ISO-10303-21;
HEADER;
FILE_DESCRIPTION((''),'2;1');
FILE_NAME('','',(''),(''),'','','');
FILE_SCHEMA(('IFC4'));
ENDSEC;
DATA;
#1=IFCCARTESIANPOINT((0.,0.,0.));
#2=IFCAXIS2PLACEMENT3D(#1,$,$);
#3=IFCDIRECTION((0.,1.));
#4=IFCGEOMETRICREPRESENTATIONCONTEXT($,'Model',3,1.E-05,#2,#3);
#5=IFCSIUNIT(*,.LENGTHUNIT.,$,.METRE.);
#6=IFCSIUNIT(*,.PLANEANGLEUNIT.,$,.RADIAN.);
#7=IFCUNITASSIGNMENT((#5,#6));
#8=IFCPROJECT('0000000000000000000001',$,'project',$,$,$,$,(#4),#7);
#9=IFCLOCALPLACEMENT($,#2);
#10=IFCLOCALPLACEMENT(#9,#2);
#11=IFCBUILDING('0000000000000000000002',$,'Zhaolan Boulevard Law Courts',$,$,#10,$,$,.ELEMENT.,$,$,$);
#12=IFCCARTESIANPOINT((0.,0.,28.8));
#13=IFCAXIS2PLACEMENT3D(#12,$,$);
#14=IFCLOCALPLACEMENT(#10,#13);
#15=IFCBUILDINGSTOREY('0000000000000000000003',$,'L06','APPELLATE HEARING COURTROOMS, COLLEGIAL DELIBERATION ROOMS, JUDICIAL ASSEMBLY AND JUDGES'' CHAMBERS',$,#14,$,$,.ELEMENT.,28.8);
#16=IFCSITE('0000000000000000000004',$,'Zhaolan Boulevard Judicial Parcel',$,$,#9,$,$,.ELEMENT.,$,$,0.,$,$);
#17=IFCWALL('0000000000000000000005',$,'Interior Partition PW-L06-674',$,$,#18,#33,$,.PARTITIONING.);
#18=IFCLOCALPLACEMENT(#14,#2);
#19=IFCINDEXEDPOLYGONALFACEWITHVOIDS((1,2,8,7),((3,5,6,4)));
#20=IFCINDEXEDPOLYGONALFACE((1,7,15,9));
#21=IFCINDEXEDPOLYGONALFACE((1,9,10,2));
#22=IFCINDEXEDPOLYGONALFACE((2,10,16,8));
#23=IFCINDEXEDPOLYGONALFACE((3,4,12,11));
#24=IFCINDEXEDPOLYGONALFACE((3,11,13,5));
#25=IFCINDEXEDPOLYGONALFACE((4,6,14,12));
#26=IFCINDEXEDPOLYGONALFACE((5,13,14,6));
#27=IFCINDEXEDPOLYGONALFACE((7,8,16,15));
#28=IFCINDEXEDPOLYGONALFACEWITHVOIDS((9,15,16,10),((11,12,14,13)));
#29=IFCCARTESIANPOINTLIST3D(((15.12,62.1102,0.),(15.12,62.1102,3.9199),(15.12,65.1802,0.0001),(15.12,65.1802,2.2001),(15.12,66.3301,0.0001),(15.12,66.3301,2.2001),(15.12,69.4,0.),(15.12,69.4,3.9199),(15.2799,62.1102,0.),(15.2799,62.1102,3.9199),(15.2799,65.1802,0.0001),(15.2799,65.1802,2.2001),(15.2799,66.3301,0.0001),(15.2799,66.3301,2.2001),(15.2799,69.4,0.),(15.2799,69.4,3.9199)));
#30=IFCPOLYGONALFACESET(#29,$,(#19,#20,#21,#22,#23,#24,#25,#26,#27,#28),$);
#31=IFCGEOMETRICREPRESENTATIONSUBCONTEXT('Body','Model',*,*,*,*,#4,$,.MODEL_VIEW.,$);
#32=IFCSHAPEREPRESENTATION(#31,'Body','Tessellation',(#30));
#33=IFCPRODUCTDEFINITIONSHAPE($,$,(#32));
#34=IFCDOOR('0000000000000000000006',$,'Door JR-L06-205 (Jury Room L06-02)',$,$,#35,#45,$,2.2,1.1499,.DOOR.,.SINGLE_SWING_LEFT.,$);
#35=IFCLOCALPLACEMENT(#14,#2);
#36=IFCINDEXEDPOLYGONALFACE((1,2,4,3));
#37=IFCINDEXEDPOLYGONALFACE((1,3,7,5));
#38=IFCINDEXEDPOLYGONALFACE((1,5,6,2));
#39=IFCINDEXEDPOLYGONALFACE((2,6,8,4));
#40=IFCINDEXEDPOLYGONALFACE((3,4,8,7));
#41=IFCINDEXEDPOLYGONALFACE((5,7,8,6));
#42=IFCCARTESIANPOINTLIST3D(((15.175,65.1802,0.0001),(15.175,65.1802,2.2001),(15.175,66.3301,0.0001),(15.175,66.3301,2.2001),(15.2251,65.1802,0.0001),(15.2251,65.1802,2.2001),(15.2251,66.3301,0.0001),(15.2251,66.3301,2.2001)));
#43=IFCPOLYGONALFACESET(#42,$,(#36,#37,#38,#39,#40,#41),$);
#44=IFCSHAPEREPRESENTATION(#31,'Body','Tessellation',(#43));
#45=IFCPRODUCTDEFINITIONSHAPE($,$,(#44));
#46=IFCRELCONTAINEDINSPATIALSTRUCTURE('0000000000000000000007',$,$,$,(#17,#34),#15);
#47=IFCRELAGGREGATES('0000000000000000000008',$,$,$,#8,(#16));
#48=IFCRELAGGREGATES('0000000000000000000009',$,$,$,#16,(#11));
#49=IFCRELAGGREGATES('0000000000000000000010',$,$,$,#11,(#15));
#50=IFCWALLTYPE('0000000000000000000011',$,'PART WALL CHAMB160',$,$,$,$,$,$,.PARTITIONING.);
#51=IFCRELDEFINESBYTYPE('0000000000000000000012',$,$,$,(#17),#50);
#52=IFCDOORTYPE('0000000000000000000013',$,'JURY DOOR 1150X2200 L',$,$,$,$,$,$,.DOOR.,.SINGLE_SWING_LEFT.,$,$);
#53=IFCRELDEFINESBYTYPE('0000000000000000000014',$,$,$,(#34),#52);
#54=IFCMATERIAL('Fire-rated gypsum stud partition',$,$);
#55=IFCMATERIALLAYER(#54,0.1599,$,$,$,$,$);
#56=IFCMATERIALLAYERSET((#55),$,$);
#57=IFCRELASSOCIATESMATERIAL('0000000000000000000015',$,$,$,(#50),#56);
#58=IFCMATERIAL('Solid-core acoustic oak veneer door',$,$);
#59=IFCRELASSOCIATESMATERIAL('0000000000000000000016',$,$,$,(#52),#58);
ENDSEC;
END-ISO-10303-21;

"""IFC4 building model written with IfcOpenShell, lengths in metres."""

from ifc_helpers import new_model, si_unit, direction, frame, frame_2d, origin, place, context, subcontext, project, spatial, rectangle, extrude, material, layer, layer_set, type_object, element, fill, save


model = new_model("IFC4")

# Units and contexts
model_context = context("Model", 3, precision=1e-05, world=origin(), true_north=direction((0.0, 1.0)))
body_context = subcontext(model_context, "Body", "Model", "MODEL_VIEW")
ifc_project = project(units=[si_unit("LENGTHUNIT", "METRE"), si_unit("PLANEANGLEUNIT", "RADIAN")], contexts=[model_context])

# Site, building, storey
site_placement = place(None, origin())
site = spatial("IfcSite", under=ifc_project, at=site_placement, Name="Zhaolan Boulevard Judicial Parcel", CompositionType="ELEMENT", RefElevation=0.0)
building_placement = place(site_placement, origin())
building = spatial("IfcBuilding", under=site, at=building_placement, Name="Zhaolan Boulevard Law Courts", CompositionType="ELEMENT")
storey_placement = place(building_placement, frame((0.0, 0.0, 28.8)))
storey = spatial("IfcBuildingStorey", under=building, at=storey_placement, Name="L06", Description="APPELLATE HEARING COURTROOMS, COLLEGIAL DELIBERATION ROOMS, JUDICIAL ASSEMBLY AND JUDGES' CHAMBERS", CompositionType="ELEMENT", Elevation=28.8)

# Shared definitions
ifc_material_1 = material(Name="Fire-rated gypsum stud partition")
ifc_layer_1 = layer(ifc_material_1, 0.1599)
ifc_layer_set_1 = layer_set([ifc_layer_1])
wall_type_1 = type_object("IfcWallType", Name="PART WALL CHAMB160", PredefinedType="PARTITIONING", material=ifc_layer_set_1)

# Wall, opening, door
wall_1_placement = place(storey_placement, frame((15.2, 62.1101, 0.0), z_axis=(0.0, 0.0, 1.0), x_axis=(0.0, 1.0, 0.0)))
wall_1 = element("IfcWall", 1, at=wall_1_placement, inside=storey, type_object=wall_type_1, Name="Interior Partition PW-L06-674", PredefinedType="PARTITIONING", context=body_context, shape_type="SweptSolid", body=[
    extrude(rectangle(XDim=7.2898, YDim=0.1599, at=frame_2d((3.645, 0.0))), origin(), (0.0, 0.0, 1.0), 3.9199),
])
opening_1_placement = place(wall_1_placement, frame((3.0701, 0.0, 0.0)))
opening_1 = element("IfcOpeningElement", 2, at=opening_1_placement, cuts=wall_1, PredefinedType="OPENING", context=body_context, shape_type="SweptSolid", body=[
    extrude(rectangle(XDim=1.1499, YDim=2.2, at=frame_2d((0.575, 1.1001))), frame((0.0, 0.0898, 0.0), z_axis=(0.0, -1.0, 0.0), x_axis=(1.0, 0.0, 0.0)), (0.0, 0.0, 1.0), 0.1799),
])
ifc_material_2 = material(Name="Solid-core acoustic oak veneer door")
door_type_1 = type_object("IfcDoorType", Name="JURY DOOR 1150X2200 L", OperationType="SINGLE_SWING_LEFT", PredefinedType="DOOR", material=ifc_material_2)
door_1_placement = place(opening_1_placement, origin())
door_1 = element("IfcDoor", 3, at=door_1_placement, inside=storey, type_object=door_type_1, Name="Door JR-L06-205 (Jury Room L06-02)", OperationType="SINGLE_SWING_LEFT", OverallHeight=2.2, OverallWidth=1.1499, PredefinedType="DOOR", context=body_context, shape_type="SweptSolid", body=[
    extrude(rectangle(XDim=1.1499, YDim=2.2, at=frame_2d((0.575, 1.1001))), frame((0.0, 0.0249, 0.0), z_axis=(0.0, -1.0, 0.0), x_axis=(1.0, 0.0, 0.0)), (0.0, 0.0, 1.0), 0.05),
])
fill(opening_1, door_1)

save(model, "model.ifc")
